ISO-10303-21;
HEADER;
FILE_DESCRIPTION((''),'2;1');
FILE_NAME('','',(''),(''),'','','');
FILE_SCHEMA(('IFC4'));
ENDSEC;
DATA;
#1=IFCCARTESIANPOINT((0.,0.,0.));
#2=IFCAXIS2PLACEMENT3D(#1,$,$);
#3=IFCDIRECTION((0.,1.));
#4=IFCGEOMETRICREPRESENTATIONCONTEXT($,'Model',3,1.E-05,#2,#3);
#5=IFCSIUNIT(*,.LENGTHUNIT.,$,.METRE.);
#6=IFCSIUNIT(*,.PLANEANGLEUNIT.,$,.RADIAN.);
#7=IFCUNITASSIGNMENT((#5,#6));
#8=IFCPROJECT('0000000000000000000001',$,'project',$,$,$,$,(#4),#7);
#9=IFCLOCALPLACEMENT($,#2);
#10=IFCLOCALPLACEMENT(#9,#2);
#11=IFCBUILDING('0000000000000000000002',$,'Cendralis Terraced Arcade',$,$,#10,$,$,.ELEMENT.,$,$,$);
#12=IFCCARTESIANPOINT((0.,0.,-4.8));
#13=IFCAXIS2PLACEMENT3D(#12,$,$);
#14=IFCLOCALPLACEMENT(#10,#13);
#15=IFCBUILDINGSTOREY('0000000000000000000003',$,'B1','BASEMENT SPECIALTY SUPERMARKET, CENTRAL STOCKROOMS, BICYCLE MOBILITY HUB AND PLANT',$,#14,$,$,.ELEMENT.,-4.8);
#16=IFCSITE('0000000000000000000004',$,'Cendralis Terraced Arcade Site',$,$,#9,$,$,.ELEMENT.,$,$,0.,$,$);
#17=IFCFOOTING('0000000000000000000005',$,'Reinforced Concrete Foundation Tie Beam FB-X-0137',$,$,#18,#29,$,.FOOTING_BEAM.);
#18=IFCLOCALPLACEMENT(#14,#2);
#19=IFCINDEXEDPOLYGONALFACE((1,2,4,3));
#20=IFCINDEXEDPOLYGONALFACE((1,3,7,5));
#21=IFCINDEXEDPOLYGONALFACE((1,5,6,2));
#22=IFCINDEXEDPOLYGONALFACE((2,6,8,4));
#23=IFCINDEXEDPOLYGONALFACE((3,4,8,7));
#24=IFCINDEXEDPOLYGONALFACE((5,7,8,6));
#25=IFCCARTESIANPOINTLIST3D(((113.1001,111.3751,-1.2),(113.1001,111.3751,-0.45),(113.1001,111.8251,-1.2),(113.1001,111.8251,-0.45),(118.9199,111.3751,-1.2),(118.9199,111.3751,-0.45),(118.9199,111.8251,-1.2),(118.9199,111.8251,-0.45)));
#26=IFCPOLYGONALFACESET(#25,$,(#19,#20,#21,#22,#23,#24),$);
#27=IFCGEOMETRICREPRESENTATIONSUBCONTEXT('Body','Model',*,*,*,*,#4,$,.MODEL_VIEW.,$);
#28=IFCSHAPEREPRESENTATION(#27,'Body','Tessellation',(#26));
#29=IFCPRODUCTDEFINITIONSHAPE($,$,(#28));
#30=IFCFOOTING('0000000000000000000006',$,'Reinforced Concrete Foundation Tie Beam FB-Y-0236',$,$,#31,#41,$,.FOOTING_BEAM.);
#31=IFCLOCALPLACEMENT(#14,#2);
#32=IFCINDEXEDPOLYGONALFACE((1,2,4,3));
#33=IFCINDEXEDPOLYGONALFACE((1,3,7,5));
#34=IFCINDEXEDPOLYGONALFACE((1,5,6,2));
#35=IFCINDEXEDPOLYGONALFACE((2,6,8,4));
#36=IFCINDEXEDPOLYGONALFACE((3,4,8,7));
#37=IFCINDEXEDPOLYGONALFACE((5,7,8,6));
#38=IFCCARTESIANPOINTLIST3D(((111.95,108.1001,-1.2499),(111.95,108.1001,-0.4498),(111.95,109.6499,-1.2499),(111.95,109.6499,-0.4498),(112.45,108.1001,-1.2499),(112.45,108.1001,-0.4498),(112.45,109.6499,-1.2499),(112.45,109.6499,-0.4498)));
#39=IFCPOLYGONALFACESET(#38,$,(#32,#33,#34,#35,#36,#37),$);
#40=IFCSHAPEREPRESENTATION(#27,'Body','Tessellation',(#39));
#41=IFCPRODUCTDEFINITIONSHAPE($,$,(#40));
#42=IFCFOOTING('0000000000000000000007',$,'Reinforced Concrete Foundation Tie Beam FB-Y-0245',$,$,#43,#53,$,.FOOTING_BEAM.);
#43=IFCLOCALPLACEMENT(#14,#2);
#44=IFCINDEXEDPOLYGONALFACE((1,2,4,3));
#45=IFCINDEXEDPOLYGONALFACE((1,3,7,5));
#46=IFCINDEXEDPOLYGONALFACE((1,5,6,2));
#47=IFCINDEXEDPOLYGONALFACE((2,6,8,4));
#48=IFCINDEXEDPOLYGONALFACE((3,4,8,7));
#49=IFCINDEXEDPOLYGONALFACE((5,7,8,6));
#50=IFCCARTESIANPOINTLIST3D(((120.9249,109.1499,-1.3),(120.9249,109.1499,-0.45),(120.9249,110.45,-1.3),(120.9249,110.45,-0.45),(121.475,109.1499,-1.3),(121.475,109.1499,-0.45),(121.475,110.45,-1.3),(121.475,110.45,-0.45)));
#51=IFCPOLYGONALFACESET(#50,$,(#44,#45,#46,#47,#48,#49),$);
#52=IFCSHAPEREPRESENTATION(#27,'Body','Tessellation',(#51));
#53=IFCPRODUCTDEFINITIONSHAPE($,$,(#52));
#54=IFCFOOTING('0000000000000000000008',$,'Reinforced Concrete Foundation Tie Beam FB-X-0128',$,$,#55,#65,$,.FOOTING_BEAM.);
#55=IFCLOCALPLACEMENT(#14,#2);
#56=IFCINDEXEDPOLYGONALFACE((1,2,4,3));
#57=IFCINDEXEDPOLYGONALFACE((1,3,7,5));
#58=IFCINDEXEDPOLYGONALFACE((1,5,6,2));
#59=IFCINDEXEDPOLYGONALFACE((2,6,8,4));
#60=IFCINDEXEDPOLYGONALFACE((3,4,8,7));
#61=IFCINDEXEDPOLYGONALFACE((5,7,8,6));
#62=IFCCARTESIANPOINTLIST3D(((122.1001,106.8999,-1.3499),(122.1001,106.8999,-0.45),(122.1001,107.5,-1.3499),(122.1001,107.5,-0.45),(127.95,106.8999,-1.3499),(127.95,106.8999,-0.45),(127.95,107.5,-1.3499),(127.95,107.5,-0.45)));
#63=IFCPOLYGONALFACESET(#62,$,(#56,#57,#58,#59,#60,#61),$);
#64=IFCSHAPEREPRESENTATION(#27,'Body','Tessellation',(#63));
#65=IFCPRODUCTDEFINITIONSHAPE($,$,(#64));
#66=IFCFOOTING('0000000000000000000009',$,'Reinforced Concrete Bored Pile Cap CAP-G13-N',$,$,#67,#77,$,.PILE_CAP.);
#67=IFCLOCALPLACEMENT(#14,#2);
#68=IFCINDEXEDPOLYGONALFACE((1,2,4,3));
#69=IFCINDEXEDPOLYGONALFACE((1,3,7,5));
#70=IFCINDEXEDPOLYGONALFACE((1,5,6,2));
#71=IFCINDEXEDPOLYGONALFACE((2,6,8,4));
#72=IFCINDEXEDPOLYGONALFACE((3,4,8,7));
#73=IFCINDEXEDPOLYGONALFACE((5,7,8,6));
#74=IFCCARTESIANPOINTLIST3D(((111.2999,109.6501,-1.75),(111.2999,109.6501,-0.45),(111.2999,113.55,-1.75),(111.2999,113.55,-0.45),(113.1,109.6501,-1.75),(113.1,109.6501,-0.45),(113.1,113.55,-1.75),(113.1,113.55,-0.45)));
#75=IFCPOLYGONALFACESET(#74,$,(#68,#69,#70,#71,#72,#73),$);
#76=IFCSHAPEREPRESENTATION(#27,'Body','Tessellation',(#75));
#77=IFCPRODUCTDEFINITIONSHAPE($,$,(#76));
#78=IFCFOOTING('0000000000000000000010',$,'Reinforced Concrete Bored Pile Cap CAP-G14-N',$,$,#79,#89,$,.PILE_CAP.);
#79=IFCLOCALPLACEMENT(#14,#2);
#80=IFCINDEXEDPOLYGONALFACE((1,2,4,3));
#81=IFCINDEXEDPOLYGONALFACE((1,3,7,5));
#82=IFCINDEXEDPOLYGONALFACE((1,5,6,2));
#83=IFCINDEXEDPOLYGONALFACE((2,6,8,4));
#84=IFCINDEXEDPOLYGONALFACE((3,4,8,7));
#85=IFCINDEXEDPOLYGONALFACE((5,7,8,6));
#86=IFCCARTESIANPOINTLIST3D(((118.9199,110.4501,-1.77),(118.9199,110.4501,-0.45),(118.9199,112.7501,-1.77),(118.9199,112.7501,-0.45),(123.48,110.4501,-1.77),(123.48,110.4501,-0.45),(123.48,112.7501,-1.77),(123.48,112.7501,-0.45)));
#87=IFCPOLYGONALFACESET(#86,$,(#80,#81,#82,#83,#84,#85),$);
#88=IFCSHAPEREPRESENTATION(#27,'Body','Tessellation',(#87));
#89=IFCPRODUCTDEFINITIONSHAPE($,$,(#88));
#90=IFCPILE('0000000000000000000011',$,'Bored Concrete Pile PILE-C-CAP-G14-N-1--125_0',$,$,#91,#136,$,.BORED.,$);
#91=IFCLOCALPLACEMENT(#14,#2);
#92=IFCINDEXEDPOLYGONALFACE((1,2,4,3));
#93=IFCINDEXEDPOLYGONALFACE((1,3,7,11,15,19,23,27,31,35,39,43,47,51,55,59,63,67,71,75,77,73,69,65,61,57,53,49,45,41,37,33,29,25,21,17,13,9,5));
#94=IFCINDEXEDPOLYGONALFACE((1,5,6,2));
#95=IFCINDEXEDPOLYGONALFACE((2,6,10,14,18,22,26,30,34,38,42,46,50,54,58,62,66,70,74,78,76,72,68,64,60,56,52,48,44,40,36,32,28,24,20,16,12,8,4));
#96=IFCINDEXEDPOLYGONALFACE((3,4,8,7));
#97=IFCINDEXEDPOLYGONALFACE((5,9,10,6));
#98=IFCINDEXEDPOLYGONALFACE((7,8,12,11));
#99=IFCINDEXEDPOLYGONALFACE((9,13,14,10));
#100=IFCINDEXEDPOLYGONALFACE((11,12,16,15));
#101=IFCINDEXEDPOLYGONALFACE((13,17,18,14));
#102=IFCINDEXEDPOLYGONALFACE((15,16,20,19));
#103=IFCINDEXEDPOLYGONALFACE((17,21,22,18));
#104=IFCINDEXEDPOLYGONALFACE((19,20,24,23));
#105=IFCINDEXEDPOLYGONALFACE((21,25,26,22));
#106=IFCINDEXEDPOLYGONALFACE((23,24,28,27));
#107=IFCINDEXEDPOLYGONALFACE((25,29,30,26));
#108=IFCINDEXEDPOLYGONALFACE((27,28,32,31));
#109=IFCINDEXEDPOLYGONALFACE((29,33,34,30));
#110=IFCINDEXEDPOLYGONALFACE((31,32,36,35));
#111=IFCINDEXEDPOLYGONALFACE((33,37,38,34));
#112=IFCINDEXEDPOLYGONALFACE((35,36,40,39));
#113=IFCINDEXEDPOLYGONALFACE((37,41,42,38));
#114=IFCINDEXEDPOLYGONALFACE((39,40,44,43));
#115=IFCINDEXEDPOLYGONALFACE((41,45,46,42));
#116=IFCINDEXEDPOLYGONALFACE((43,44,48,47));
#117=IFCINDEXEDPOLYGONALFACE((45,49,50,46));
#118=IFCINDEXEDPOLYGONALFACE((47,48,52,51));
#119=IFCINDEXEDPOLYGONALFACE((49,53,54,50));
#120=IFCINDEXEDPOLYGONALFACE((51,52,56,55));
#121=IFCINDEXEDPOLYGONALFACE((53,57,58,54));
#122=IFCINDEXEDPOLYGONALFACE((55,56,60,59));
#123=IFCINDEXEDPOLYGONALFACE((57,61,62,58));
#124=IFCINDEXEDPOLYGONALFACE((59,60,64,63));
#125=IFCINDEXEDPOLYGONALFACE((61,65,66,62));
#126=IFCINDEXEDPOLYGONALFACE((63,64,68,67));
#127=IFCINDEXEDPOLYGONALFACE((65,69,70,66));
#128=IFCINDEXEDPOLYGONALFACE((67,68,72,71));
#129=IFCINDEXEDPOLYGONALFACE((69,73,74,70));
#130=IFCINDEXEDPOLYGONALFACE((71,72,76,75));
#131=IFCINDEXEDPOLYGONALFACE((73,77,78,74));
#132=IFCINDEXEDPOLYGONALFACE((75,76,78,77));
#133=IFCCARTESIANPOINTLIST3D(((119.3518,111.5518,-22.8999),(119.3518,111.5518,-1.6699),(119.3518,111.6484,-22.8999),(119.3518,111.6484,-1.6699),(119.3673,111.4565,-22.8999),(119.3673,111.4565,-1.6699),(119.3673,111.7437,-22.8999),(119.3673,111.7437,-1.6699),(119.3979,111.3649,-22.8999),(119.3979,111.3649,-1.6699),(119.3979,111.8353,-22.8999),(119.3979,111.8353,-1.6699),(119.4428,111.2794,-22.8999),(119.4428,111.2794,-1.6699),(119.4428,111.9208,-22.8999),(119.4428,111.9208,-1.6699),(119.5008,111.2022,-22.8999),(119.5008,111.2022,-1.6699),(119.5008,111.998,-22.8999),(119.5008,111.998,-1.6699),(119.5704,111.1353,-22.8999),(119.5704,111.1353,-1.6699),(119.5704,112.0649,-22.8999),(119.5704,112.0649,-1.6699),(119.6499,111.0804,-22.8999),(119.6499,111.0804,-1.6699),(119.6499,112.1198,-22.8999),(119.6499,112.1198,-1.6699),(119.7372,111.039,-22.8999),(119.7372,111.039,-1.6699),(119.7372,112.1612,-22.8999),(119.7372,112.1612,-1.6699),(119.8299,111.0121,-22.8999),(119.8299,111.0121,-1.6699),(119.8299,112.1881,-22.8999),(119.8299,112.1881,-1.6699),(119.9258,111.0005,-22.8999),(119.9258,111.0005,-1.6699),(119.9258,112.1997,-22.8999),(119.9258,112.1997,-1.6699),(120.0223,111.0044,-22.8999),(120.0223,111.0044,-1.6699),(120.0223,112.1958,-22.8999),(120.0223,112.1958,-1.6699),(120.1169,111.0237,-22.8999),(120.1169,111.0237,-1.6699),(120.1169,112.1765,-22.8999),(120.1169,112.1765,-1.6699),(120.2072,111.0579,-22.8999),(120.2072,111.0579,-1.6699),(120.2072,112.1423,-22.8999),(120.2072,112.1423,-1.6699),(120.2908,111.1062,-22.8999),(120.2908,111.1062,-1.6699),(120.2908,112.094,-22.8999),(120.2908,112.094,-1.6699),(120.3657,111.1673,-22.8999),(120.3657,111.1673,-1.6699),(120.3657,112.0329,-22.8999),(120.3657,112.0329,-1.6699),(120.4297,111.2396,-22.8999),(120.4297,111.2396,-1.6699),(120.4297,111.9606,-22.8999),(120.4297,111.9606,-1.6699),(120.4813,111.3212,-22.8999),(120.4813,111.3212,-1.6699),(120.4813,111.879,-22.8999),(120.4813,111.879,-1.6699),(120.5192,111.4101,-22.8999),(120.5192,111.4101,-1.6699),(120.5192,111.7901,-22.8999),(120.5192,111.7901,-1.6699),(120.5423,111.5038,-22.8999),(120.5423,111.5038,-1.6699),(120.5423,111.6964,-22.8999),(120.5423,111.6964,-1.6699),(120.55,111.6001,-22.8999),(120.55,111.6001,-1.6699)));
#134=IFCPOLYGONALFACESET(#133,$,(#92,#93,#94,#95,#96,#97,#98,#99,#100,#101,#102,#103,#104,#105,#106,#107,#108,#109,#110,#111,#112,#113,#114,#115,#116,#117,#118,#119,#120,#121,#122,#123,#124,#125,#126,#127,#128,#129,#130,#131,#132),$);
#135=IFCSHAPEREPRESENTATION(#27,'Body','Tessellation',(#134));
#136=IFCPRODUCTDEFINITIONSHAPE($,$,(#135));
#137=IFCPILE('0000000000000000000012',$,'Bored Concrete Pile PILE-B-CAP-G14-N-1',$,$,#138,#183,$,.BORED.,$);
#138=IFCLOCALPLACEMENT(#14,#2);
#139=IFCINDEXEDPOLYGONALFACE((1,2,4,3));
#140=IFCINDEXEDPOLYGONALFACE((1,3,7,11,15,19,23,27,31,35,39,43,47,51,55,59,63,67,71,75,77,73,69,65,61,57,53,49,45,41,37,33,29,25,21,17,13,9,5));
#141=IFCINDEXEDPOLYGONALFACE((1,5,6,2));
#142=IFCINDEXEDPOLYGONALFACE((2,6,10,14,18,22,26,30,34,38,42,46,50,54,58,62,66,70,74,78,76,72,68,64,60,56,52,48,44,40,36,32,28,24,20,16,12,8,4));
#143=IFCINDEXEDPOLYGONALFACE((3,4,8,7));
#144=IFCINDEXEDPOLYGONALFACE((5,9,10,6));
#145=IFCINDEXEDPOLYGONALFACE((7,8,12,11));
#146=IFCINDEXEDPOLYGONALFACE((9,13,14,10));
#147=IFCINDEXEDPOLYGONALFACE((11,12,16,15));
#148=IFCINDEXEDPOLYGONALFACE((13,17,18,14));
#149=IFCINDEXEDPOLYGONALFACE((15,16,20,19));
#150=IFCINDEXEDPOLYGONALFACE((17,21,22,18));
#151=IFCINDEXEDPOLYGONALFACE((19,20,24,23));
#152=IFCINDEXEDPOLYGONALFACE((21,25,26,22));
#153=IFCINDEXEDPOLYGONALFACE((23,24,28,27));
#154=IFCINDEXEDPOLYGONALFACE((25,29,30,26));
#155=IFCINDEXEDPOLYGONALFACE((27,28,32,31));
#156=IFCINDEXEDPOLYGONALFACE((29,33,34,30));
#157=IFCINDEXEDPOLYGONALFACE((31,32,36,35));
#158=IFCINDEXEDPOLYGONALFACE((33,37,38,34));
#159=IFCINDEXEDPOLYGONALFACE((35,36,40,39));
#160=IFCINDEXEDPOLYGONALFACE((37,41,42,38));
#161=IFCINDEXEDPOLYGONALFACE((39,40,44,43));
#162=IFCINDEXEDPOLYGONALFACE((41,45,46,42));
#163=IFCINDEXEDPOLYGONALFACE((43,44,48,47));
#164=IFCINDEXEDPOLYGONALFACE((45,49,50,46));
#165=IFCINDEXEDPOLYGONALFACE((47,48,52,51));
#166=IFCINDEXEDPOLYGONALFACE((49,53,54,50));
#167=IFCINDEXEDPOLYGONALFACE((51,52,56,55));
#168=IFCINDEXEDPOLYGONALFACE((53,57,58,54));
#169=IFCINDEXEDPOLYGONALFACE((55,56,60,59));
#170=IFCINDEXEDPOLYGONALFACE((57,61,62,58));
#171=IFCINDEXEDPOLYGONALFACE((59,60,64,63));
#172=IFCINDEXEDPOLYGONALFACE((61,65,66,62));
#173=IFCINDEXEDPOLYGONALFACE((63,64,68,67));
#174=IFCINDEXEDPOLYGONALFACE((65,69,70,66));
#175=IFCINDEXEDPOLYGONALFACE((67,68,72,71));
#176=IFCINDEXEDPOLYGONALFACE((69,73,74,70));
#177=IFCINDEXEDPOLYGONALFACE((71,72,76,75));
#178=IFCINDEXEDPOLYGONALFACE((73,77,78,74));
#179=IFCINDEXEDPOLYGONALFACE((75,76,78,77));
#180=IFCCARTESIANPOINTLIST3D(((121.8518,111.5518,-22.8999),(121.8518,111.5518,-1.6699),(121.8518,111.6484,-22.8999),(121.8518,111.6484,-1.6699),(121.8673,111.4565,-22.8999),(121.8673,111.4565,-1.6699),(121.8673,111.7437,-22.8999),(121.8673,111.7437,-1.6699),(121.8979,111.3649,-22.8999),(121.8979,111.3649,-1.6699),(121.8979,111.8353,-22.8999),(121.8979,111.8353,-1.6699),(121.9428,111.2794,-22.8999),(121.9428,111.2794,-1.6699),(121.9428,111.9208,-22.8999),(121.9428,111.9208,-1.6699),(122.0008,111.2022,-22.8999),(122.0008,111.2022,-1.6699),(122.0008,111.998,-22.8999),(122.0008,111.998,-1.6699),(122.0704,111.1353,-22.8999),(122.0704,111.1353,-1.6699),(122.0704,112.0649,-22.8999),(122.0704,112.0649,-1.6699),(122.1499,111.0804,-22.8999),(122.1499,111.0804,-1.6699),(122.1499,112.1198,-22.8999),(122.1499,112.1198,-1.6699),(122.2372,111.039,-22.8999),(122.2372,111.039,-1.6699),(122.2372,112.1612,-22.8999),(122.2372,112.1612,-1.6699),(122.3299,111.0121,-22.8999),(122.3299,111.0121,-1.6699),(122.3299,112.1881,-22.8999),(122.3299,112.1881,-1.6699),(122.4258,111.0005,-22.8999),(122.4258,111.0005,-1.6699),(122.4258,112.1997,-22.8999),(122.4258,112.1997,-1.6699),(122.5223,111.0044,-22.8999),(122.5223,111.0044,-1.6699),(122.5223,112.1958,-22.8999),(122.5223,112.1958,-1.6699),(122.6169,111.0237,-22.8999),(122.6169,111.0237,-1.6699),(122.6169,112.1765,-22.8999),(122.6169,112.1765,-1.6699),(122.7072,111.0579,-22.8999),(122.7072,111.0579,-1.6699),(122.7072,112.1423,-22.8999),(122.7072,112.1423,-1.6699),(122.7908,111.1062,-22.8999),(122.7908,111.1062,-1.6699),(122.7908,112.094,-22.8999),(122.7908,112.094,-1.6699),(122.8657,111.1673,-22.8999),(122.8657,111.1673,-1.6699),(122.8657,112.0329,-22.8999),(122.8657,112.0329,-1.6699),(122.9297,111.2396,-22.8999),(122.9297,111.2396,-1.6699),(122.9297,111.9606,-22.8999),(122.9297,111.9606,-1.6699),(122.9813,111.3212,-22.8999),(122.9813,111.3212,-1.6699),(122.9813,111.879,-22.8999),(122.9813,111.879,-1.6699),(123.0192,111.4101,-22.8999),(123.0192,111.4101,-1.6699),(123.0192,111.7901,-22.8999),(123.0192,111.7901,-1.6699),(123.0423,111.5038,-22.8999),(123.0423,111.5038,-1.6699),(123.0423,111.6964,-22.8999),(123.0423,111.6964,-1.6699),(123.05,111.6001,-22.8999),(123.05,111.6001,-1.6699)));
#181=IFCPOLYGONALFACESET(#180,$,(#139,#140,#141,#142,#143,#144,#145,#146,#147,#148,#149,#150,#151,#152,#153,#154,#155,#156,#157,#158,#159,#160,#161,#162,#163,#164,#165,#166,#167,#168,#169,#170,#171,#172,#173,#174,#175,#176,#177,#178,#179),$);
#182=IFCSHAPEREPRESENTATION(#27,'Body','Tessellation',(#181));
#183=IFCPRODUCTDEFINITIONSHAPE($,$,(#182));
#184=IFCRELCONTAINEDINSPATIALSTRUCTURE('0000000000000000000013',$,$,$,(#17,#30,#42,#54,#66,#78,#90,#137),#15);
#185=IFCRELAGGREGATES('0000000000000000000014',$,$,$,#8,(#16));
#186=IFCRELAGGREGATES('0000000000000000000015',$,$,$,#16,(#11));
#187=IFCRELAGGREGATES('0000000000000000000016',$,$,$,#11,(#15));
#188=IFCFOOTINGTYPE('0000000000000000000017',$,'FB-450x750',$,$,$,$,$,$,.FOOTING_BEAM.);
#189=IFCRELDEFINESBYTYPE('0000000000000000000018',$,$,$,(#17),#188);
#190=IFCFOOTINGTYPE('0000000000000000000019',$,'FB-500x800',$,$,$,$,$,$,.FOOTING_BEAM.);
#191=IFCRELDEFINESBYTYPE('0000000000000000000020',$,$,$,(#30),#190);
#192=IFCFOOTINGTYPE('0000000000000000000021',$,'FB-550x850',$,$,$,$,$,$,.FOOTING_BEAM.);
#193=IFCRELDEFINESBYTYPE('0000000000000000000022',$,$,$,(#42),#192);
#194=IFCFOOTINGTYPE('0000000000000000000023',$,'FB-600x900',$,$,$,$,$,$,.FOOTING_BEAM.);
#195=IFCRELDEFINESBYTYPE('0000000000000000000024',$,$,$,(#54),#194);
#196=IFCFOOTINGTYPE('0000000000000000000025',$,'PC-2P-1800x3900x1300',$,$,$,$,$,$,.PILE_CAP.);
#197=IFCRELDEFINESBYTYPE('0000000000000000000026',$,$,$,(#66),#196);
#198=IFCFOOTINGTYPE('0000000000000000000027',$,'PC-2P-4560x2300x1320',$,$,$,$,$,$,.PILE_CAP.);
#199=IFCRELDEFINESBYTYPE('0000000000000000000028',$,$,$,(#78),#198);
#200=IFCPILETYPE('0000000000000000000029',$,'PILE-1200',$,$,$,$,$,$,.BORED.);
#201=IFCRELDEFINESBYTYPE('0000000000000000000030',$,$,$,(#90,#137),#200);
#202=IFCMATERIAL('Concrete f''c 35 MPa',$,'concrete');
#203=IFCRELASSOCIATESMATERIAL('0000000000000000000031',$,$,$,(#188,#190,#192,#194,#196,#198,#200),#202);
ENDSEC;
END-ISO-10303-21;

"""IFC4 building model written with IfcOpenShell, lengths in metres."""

from ifc_helpers import new_model, si_unit, direction, frame, origin, origin_2d, place, context, subcontext, project, spatial, rectangle, circle, extrude, material, material_profile, profile_set, type_object, element, save


model = new_model("IFC4")

# Units and contexts
model_context = context("Model", 3, precision=1e-05, world=origin(), true_north=direction((0.0, 1.0)))
body_context = subcontext(model_context, "Body", "Model", "MODEL_VIEW")
ifc_project = project(units=[si_unit("LENGTHUNIT", "METRE"), si_unit("PLANEANGLEUNIT", "RADIAN")], contexts=[model_context])

# Site, building, storey
site_placement = place(None, origin())
site = spatial("IfcSite", under=ifc_project, at=site_placement, Name="Cendralis Terraced Arcade Site", CompositionType="ELEMENT", RefElevation=0.0)
building_placement = place(site_placement, origin())
building = spatial("IfcBuilding", under=site, at=building_placement, Name="Cendralis Terraced Arcade", CompositionType="ELEMENT")
storey_placement = place(building_placement, frame((0.0, 0.0, -4.8)))
storey = spatial("IfcBuildingStorey", under=building, at=storey_placement, Name="B1", Description="BASEMENT SPECIALTY SUPERMARKET, CENTRAL STOCKROOMS, BICYCLE MOBILITY HUB AND PLANT", CompositionType="ELEMENT", Elevation=-4.8)

# Footings
ifc_material_1 = material(Name="Concrete f'c 35 MPa", Category="concrete")
ifc_material_profile_1 = material_profile(ifc_material_1, rectangle(XDim=0.45, YDim=0.75, at=origin_2d()), Name="FB-450x750", Category="LoadBearing")
ifc_profile_set_1 = profile_set([ifc_material_profile_1], Name="Concrete f'c 35 MPa")
footing_type_1 = type_object("IfcFootingType", Name="FB-450x750", PredefinedType="FOOTING_BEAM", material=ifc_profile_set_1)
footing_1_placement = place(storey_placement, frame((113.1001, 111.6001, -0.825), z_axis=(1.0, 0.0, 0.0), x_axis=(0.0, 1.0, 0.0)))
element("IfcFooting", 1, at=footing_1_placement, inside=storey, type_object=footing_type_1, Name="Reinforced Concrete Foundation Tie Beam FB-X-0137", PredefinedType="FOOTING_BEAM", context=body_context, shape_type="SweptSolid", body=[
    extrude(rectangle(XDim=0.45, YDim=0.75, at=origin_2d()), origin(), (0.0, 0.0, 1.0), 5.8198),
])
ifc_material_profile_2 = material_profile(ifc_material_1, rectangle(XDim=0.5, YDim=0.8, at=origin_2d()), Name="FB-500x800", Category="LoadBearing")
ifc_profile_set_2 = profile_set([ifc_material_profile_2], Name="Concrete f'c 35 MPa")
footing_type_2 = type_object("IfcFootingType", Name="FB-500x800", PredefinedType="FOOTING_BEAM", material=ifc_profile_set_2)
footing_2_placement = place(storey_placement, frame((112.2, 108.1001, -0.8499), z_axis=(0.0, 1.0, 0.0), x_axis=(-1.0, 0.0, 0.0)))
element("IfcFooting", 2, at=footing_2_placement, inside=storey, type_object=footing_type_2, Name="Reinforced Concrete Foundation Tie Beam FB-Y-0236", PredefinedType="FOOTING_BEAM", context=body_context, shape_type="SweptSolid", body=[
    extrude(rectangle(XDim=0.5, YDim=0.8, at=origin_2d()), origin(), (0.0, 0.0, 1.0), 1.5498),
])
ifc_material_profile_3 = material_profile(ifc_material_1, rectangle(XDim=0.55, YDim=0.8501, at=origin_2d()), Name="FB-550x850", Category="LoadBearing")
ifc_profile_set_3 = profile_set([ifc_material_profile_3], Name="Concrete f'c 35 MPa")
footing_type_3 = type_object("IfcFootingType", Name="FB-550x850", PredefinedType="FOOTING_BEAM", material=ifc_profile_set_3)
footing_3_placement = place(storey_placement, frame((121.2, 109.1499, -0.875), z_axis=(0.0, 1.0, 0.0), x_axis=(-1.0, 0.0, 0.0)))
element("IfcFooting", 3, at=footing_3_placement, inside=storey, type_object=footing_type_3, Name="Reinforced Concrete Foundation Tie Beam FB-Y-0245", PredefinedType="FOOTING_BEAM", context=body_context, shape_type="SweptSolid", body=[
    extrude(rectangle(XDim=0.55, YDim=0.8501, at=origin_2d()), origin(), (0.0, 0.0, 1.0), 1.3),
])
ifc_material_profile_4 = material_profile(ifc_material_1, rectangle(XDim=0.6001, YDim=0.8999, at=origin_2d()), Name="FB-600x900", Category="LoadBearing")
ifc_profile_set_4 = profile_set([ifc_material_profile_4], Name="Concrete f'c 35 MPa")
footing_type_4 = type_object("IfcFootingType", Name="FB-600x900", PredefinedType="FOOTING_BEAM", material=ifc_profile_set_4)
footing_4_placement = place(storey_placement, frame((122.1001, 107.2, -0.8999), z_axis=(1.0, 0.0, 0.0), x_axis=(0.0, 1.0, 0.0)))
element("IfcFooting", 4, at=footing_4_placement, inside=storey, type_object=footing_type_4, Name="Reinforced Concrete Foundation Tie Beam FB-X-0128", PredefinedType="FOOTING_BEAM", context=body_context, shape_type="SweptSolid", body=[
    extrude(rectangle(XDim=0.6001, YDim=0.8999, at=origin_2d()), origin(), (0.0, 0.0, 1.0), 5.8499),
])
footing_type_5 = type_object("IfcFootingType", Name="PC-2P-1800x3900x1300", PredefinedType="PILE_CAP", material=ifc_material_1)
footing_5_placement = place(storey_placement, frame((112.2, 111.6001, -1.75), z_axis=(0.0, 0.0, 1.0), x_axis=(1.0, 0.0, 0.0)))
element("IfcFooting", 5, at=footing_5_placement, inside=storey, type_object=footing_type_5, Name="Reinforced Concrete Bored Pile Cap CAP-G13-N", PredefinedType="PILE_CAP", context=body_context, shape_type="SweptSolid", body=[
    extrude(rectangle(XDim=1.8, YDim=3.8999, at=origin_2d()), origin(), (0.0, 0.0, 1.0), 1.3),
])
footing_type_6 = type_object("IfcFootingType", Name="PC-2P-4560x2300x1320", PredefinedType="PILE_CAP", material=ifc_material_1)
footing_6_placement = place(storey_placement, frame((121.2, 111.6001, -1.77), z_axis=(0.0, 0.0, 1.0), x_axis=(1.0, 0.0, 0.0)))
element("IfcFooting", 6, at=footing_6_placement, inside=storey, type_object=footing_type_6, Name="Reinforced Concrete Bored Pile Cap CAP-G14-N", PredefinedType="PILE_CAP", context=body_context, shape_type="SweptSolid", body=[
    extrude(rectangle(XDim=4.5601, YDim=2.3, at=origin_2d()), origin(), (0.0, 0.0, 1.0), 1.3201),
])

# Piles
ifc_material_profile_5 = material_profile(ifc_material_1, circle(Radius=0.6001, at=origin_2d()), Name="PILE-D1200", Category="LoadBearing")
ifc_profile_set_5 = profile_set([ifc_material_profile_5], Name="Concrete f'c 35 MPa")
pile_type_1 = type_object("IfcPileType", Name="PILE-1200", PredefinedType="BORED", material=ifc_profile_set_5)
for number, where, z_axis, x_axis, name in (
    (7, (119.95, 111.6001, -1.6699), (0.0, 0.0, -1.0), (1.0, 0.0, 0.0), "Bored Concrete Pile PILE-C-CAP-G14-N-1--125_0"),
    (8, (122.45, 111.6001, -1.6699), (0.0, 0.0, -1.0), (1.0, 0.0, 0.0), "Bored Concrete Pile PILE-B-CAP-G14-N-1"),
):
    element("IfcPile", number, at=place(storey_placement, frame(where, z_axis=z_axis, x_axis=x_axis)), inside=storey, type_object=pile_type_1, Name=name, PredefinedType="BORED", context=body_context, shape_type="SweptSolid", body=[
        extrude(circle(Radius=0.6001, at=origin_2d()), origin(), (0.0, 0.0, 1.0), 21.23),
    ])

save(model, "model.ifc")
